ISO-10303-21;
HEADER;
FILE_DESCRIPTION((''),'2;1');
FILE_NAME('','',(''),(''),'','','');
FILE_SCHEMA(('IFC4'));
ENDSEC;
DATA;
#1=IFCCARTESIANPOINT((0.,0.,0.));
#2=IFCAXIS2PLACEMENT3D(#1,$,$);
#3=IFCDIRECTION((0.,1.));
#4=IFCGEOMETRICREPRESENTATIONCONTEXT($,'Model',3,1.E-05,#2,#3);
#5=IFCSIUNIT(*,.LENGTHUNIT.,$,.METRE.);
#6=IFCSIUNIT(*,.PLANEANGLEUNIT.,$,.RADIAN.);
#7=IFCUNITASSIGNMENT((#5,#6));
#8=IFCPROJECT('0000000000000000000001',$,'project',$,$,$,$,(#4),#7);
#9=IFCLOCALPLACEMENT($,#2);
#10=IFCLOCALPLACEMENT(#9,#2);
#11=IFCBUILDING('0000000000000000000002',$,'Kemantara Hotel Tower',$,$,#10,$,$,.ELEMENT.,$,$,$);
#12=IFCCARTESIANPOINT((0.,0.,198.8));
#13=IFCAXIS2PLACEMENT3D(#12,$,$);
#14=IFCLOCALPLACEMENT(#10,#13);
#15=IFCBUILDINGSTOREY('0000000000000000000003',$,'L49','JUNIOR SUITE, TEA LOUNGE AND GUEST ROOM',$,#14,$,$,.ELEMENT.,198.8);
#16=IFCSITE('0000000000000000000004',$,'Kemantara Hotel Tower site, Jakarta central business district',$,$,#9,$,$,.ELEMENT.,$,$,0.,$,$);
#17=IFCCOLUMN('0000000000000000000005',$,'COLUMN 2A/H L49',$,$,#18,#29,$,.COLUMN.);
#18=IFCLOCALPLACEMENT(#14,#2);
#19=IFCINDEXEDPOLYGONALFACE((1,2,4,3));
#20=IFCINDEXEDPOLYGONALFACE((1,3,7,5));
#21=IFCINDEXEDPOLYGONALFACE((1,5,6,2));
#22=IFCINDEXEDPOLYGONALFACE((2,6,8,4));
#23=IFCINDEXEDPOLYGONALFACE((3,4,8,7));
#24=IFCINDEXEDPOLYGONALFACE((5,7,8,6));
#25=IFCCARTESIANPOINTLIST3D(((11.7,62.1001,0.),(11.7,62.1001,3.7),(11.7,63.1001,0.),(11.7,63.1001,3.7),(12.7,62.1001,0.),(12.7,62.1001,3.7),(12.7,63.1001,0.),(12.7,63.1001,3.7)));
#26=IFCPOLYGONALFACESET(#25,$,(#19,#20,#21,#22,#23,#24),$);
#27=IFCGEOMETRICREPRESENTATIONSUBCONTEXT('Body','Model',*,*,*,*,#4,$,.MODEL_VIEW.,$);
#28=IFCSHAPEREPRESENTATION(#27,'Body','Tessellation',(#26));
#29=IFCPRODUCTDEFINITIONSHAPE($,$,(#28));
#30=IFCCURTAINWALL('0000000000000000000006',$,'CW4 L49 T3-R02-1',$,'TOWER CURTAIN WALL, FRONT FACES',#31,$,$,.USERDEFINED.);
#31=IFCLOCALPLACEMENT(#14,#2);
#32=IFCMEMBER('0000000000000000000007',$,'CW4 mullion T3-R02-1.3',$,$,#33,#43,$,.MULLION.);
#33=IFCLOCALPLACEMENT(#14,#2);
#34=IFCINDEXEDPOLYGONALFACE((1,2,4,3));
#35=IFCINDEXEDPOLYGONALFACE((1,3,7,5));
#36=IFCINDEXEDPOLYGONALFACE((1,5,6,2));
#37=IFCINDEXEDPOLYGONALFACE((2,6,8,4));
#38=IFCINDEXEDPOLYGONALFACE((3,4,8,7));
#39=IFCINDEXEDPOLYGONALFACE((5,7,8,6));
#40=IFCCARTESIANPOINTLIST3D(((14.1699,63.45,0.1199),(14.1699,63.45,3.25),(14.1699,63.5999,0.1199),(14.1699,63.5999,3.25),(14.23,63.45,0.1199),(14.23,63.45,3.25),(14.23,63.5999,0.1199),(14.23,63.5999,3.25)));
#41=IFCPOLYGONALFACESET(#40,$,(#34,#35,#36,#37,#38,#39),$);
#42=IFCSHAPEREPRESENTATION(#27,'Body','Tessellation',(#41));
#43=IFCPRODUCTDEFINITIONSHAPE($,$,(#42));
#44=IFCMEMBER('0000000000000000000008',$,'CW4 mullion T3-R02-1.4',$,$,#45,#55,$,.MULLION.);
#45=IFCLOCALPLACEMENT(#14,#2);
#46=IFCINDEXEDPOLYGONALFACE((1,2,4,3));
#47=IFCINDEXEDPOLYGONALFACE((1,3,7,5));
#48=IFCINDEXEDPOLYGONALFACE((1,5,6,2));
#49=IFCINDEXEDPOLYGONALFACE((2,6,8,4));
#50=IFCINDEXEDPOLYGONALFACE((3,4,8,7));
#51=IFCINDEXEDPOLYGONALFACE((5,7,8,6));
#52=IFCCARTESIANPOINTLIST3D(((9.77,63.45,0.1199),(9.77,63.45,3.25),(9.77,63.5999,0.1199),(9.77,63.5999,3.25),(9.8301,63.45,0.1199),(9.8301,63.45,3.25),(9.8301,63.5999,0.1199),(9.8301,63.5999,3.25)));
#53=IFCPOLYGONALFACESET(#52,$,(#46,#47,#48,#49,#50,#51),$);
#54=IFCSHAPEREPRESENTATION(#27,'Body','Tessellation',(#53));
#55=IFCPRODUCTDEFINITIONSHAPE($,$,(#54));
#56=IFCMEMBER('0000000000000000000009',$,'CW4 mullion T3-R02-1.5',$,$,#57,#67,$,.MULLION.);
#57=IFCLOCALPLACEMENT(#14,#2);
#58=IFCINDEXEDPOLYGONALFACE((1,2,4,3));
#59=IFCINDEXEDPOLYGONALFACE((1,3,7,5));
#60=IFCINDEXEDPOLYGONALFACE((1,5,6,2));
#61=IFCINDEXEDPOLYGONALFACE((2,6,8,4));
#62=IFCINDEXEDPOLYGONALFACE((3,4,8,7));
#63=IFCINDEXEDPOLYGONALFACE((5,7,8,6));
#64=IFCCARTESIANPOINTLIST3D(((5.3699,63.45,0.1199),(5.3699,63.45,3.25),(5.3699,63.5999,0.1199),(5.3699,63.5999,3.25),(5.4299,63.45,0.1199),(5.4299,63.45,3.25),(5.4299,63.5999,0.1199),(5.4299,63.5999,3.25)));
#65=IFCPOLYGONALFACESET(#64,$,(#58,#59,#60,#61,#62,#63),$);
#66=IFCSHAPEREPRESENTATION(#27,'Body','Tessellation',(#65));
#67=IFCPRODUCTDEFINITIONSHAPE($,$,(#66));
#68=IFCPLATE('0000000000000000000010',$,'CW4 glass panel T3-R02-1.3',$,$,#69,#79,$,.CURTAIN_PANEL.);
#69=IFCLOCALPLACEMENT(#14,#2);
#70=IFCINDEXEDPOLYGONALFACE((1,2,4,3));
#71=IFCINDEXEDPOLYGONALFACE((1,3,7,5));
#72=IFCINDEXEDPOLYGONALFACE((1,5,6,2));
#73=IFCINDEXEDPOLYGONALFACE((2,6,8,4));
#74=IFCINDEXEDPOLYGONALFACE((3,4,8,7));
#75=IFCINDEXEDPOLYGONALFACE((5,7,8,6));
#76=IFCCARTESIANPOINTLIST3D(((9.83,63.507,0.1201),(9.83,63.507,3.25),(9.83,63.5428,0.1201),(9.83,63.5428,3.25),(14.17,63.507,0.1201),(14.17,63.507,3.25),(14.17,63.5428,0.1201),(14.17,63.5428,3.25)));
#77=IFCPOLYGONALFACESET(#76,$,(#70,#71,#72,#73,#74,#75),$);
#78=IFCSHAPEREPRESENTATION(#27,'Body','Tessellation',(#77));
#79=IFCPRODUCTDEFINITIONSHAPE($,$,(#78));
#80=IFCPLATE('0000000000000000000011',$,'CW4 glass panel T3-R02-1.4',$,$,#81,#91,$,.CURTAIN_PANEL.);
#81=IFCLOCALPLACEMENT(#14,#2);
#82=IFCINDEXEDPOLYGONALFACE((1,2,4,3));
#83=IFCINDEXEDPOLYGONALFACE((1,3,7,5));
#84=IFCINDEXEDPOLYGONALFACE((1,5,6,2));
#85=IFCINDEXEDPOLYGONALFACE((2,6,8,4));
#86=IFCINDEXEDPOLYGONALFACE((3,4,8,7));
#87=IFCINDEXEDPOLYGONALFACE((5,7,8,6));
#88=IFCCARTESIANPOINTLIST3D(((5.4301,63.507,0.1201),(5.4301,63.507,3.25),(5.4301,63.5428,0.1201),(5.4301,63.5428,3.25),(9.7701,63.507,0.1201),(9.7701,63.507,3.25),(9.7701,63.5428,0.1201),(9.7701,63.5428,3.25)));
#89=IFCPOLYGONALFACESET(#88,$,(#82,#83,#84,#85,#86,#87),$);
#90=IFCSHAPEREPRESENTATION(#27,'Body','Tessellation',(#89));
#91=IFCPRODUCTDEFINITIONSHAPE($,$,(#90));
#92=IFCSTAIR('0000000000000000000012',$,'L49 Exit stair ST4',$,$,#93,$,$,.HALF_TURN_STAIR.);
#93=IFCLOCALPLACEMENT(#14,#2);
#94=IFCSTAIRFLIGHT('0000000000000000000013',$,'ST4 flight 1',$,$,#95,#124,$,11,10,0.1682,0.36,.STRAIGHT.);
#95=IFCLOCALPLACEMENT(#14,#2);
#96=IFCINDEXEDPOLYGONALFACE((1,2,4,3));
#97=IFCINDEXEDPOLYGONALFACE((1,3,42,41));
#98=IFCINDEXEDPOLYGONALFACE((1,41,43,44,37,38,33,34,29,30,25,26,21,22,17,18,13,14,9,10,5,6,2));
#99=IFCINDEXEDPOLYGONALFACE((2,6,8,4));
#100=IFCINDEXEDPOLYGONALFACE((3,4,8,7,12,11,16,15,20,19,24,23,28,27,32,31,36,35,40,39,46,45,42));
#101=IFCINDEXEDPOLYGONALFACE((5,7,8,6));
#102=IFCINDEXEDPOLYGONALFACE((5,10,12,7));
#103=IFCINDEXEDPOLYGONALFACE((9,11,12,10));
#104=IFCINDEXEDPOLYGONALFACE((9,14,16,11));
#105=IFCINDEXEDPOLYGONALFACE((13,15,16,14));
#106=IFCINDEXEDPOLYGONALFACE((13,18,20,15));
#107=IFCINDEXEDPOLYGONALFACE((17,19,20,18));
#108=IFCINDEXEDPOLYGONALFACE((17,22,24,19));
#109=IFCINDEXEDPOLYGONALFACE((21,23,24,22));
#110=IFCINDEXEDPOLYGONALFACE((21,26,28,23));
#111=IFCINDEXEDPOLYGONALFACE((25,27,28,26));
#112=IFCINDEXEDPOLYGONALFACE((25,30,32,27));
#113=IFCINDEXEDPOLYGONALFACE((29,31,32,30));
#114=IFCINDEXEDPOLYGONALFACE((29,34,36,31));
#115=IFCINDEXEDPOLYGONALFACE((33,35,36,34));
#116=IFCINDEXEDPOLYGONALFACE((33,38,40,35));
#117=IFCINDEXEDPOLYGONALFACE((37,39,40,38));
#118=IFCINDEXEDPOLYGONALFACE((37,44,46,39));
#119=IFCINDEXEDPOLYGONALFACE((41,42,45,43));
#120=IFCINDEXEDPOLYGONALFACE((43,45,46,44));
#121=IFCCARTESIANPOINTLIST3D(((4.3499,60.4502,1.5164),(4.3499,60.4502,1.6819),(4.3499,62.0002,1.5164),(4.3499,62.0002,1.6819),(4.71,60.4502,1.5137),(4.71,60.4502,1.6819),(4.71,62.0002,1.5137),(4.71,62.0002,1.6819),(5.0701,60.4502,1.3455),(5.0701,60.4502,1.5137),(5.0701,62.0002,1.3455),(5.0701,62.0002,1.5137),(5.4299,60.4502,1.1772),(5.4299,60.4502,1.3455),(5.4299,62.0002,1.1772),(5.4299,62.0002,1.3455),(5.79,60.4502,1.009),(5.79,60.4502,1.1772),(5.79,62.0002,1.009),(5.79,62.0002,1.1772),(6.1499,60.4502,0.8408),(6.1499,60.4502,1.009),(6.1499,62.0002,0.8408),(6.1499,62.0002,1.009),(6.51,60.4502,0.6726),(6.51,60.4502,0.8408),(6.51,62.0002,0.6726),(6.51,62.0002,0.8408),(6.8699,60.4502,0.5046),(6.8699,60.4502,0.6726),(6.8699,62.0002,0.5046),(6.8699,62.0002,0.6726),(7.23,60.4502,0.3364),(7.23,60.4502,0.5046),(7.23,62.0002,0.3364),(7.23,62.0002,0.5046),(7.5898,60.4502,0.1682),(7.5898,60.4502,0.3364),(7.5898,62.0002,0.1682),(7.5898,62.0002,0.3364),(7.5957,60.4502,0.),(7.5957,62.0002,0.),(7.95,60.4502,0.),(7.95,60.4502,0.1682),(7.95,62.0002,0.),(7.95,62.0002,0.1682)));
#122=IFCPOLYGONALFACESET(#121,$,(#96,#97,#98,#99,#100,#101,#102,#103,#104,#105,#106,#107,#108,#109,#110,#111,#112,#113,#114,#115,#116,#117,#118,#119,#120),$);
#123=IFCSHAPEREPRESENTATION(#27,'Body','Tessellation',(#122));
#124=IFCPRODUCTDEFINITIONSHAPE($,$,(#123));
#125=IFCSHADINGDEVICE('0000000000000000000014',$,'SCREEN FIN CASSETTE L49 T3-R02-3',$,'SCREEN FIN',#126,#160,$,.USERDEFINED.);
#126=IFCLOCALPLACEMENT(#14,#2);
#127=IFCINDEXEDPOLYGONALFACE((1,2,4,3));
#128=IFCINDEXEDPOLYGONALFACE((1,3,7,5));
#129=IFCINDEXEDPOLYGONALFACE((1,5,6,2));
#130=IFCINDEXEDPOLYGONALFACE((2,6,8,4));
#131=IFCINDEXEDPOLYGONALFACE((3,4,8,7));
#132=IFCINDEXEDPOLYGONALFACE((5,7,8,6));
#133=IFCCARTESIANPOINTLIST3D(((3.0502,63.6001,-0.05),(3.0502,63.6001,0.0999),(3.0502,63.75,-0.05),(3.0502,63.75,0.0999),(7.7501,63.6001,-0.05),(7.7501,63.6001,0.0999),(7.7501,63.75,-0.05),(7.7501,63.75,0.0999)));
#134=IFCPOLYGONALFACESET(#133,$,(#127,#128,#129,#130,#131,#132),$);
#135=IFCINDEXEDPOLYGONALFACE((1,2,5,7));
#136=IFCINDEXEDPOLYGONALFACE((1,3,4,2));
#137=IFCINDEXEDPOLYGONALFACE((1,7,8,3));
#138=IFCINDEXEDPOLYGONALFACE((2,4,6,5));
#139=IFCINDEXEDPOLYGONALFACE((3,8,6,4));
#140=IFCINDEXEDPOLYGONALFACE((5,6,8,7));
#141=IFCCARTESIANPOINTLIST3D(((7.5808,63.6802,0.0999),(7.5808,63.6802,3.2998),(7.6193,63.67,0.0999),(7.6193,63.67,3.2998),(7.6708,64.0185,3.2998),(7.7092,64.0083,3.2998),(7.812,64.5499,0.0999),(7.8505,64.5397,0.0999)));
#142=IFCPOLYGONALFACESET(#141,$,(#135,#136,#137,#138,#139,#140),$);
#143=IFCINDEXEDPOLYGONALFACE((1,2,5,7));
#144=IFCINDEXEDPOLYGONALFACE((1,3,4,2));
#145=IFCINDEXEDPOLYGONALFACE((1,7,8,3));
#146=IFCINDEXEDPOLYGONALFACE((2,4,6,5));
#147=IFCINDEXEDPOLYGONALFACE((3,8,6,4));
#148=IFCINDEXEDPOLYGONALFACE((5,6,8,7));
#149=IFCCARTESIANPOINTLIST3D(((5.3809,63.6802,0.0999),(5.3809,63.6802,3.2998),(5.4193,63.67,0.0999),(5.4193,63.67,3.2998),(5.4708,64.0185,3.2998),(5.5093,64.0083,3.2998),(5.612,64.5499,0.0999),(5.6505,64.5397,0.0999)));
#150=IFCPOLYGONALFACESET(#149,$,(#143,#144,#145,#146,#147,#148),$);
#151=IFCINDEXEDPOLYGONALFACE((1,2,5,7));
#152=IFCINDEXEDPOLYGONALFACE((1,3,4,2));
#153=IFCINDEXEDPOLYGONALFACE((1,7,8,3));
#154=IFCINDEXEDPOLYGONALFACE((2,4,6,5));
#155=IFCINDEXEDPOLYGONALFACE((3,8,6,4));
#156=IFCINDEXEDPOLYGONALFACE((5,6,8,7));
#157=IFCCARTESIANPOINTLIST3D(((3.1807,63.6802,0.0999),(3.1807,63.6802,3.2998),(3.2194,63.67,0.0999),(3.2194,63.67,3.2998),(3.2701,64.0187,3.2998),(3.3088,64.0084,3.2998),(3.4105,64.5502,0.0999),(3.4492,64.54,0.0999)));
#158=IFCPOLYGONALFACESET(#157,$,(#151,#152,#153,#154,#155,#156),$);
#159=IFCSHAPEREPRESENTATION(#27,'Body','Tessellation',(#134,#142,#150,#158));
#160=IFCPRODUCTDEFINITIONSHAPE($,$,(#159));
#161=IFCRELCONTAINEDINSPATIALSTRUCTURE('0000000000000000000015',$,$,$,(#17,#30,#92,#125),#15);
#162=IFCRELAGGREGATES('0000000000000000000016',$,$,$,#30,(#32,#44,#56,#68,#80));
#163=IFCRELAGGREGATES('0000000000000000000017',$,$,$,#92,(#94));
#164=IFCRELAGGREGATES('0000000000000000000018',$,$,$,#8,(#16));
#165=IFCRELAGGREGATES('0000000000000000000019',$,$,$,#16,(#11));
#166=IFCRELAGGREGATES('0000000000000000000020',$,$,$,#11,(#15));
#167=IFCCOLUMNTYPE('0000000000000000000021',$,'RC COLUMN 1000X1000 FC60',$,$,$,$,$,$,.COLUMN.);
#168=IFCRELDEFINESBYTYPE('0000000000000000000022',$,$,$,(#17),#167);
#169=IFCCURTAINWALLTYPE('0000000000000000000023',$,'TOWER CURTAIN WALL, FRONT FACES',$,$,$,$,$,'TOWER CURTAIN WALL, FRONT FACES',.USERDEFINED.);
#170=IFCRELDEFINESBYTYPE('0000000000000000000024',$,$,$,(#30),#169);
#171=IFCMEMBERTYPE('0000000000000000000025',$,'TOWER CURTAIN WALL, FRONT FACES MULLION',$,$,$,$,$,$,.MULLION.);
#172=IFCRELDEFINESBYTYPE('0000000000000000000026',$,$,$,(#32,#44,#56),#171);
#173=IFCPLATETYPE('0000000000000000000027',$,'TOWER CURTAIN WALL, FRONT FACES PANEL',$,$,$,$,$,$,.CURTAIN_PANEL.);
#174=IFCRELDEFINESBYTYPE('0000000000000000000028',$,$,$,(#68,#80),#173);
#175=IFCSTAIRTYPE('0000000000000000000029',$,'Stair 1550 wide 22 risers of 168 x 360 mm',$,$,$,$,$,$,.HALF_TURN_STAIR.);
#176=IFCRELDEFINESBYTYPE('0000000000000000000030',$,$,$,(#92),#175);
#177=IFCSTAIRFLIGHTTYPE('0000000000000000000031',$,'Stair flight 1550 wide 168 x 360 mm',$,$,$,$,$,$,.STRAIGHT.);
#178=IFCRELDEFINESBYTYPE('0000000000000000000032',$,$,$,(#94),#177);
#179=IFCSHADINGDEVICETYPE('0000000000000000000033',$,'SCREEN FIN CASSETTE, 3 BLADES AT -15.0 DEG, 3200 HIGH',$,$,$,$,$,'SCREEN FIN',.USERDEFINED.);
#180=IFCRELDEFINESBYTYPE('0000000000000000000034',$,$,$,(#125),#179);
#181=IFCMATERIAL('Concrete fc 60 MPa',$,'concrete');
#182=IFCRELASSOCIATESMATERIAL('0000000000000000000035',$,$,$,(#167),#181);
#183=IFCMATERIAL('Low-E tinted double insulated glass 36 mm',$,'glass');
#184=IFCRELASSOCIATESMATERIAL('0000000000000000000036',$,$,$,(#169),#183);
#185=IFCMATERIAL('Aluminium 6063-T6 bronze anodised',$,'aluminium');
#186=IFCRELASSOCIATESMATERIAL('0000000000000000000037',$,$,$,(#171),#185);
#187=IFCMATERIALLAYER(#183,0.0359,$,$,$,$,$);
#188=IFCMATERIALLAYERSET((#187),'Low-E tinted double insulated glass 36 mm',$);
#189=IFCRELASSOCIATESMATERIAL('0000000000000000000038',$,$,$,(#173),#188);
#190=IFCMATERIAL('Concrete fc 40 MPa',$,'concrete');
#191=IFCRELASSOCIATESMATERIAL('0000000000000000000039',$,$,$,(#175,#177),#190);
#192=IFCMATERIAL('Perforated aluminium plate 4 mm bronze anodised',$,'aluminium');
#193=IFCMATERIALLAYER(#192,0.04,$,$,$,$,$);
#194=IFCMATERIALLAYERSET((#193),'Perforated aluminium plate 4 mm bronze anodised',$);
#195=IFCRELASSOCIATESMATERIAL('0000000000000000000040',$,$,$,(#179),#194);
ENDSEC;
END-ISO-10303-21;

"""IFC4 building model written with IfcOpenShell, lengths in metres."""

from ifc_helpers import new_model, si_unit, direction, frame, origin, origin_2d, place, context, subcontext, project, spatial, polyline, rectangle, outline, extrude, source, transform, mapped, material, layer, layer_set, material_profile, profile_set, type_object, element, aggregate, save


model = new_model("IFC4")

# Units and contexts
model_context = context("Model", 3, precision=1e-05, world=origin(), true_north=direction((0.0, 1.0)))
body_context = subcontext(model_context, "Body", "Model", "MODEL_VIEW")
ifc_project = project(units=[si_unit("LENGTHUNIT", "METRE"), si_unit("PLANEANGLEUNIT", "RADIAN")], contexts=[model_context])

# Site, building, storey
site_placement = place(None, origin())
site = spatial("IfcSite", under=ifc_project, at=site_placement, Name="Kemantara Hotel Tower site, Jakarta central business district", CompositionType="ELEMENT", RefElevation=0.0)
building_placement = place(site_placement, origin())
building = spatial("IfcBuilding", under=site, at=building_placement, Name="Kemantara Hotel Tower", CompositionType="ELEMENT")
storey_placement = place(building_placement, frame((0.0, 0.0, 198.8)))
storey = spatial("IfcBuildingStorey", under=building, at=storey_placement, Name="L49", Description="JUNIOR SUITE, TEA LOUNGE AND GUEST ROOM", CompositionType="ELEMENT", Elevation=198.8)

# Column
ifc_material_1 = material(Name="Concrete fc 60 MPa", Category="concrete")
ifc_material_profile_1 = material_profile(ifc_material_1, rectangle(XDim=1.0, YDim=1.0, at=origin_2d()), Name="RC 1000X1000")
ifc_profile_set_1 = profile_set([ifc_material_profile_1], Name="Concrete fc 60 MPa")
column_type = type_object("IfcColumnType", Name="RC COLUMN 1000X1000 FC60", PredefinedType="COLUMN", material=ifc_profile_set_1)
column_placement = place(storey_placement, frame((12.2, 62.6001, 0.0), z_axis=(0.0, 0.0, 1.0), x_axis=(1.0, 0.0, 0.0)))
element("IfcColumn", 1, at=column_placement, inside=storey, type_object=column_type, Name="COLUMN 2A/H L49", PredefinedType="COLUMN", context=body_context, shape_type="SweptSolid", body=[
    extrude(rectangle(XDim=1.0, YDim=1.0, at=origin_2d()), origin(), (0.0, 0.0, 1.0), 3.7),
])

# Curtain wall, members, plates
ifc_material_2 = material(Name="Low-E tinted double insulated glass 36 mm", Category="glass")
curtain_wall_type = type_object("IfcCurtainWallType", Name="TOWER CURTAIN WALL, FRONT FACES", ElementType="TOWER CURTAIN WALL, FRONT FACES", PredefinedType="USERDEFINED", material=ifc_material_2)
curtain_wall_placement = place(storey_placement, origin())
curtain_wall = element("IfcCurtainWall", 2, at=curtain_wall_placement, inside=storey, type_object=curtain_wall_type, Name="CW4 L49 T3-R02-1", ObjectType="TOWER CURTAIN WALL, FRONT FACES", PredefinedType="USERDEFINED")
ifc_material_3 = material(Name="Aluminium 6063-T6 bronze anodised", Category="aluminium")
ifc_material_profile_2 = material_profile(ifc_material_3, rectangle(XDim=0.1499, YDim=0.0601, at=origin_2d()), Name="TOWER CURTAIN WALL, FRONT FACES MULLION")
ifc_profile_set_2 = profile_set([ifc_material_profile_2], Name="Aluminium 6063-T6 bronze anodised")
member_type = type_object("IfcMemberType", Name="TOWER CURTAIN WALL, FRONT FACES MULLION", PredefinedType="MULLION", material=ifc_profile_set_2)
shared_shape_1 = source(origin(), body_context, "Body", "SweptSolid", [
    extrude(rectangle(XDim=0.1499, YDim=0.0601, at=origin_2d()), origin(), (0.0, 0.0, 1.0), 3.1301),
])
member_1_placement = place(storey_placement, frame((14.2, 63.5249, 0.1199), z_axis=(0.0, 0.0, 1.0), x_axis=(0.0, -1.0, 0.0)))
member_1 = element("IfcMember", 3, at=member_1_placement, type_object=member_type, Name="CW4 mullion T3-R02-1.3", PredefinedType="MULLION", context=body_context, shape_type="MappedRepresentation", body=[
    mapped(shared_shape_1, transform((0.0, 0.0, 0.0))),
])
member_2_placement = place(storey_placement, frame((9.8, 63.5249, 0.1199), z_axis=(0.0, 0.0, 1.0), x_axis=(0.0, -1.0, 0.0)))
member_2 = element("IfcMember", 4, at=member_2_placement, type_object=member_type, Name="CW4 mullion T3-R02-1.4", PredefinedType="MULLION", context=body_context, shape_type="MappedRepresentation", body=[
    mapped(shared_shape_1, transform((0.0, 0.0, 0.0))),
])
member_3_placement = place(storey_placement, frame((5.3999, 63.5249, 0.1199), z_axis=(0.0, 0.0, 1.0), x_axis=(0.0, -1.0, 0.0)))
member_3 = element("IfcMember", 5, at=member_3_placement, type_object=member_type, Name="CW4 mullion T3-R02-1.5", PredefinedType="MULLION", context=body_context, shape_type="MappedRepresentation", body=[
    mapped(shared_shape_1, transform((0.0, 0.0, 0.0))),
])
ifc_layer_1 = layer(ifc_material_2, 0.0359)
ifc_layer_set_1 = layer_set([ifc_layer_1], Name="Low-E tinted double insulated glass 36 mm")
plate_type = type_object("IfcPlateType", Name="TOWER CURTAIN WALL, FRONT FACES PANEL", PredefinedType="CURTAIN_PANEL", material=ifc_layer_set_1)
shared_shape_2 = source(origin(), body_context, "Body", "SweptSolid", [
    extrude(rectangle(XDim=4.3401, YDim=0.0359, at=origin_2d()), origin(), (0.0, 0.0, 1.0), 3.1299),
])
plate_1_placement = place(storey_placement, frame((12.0, 63.5249, 0.1201), z_axis=(0.0, 0.0, 1.0), x_axis=(-1.0, 0.0, 0.0)))
plate_1 = element("IfcPlate", 6, at=plate_1_placement, type_object=plate_type, Name="CW4 glass panel T3-R02-1.3", PredefinedType="CURTAIN_PANEL", context=body_context, shape_type="MappedRepresentation", body=[
    mapped(shared_shape_2, transform((0.0, 0.0, 0.0))),
])
plate_2_placement = place(storey_placement, frame((7.6001, 63.5249, 0.1201), z_axis=(0.0, 0.0, 1.0), x_axis=(-1.0, 0.0, 0.0)))
plate_2 = element("IfcPlate", 7, at=plate_2_placement, type_object=plate_type, Name="CW4 glass panel T3-R02-1.4", PredefinedType="CURTAIN_PANEL", context=body_context, shape_type="MappedRepresentation", body=[
    mapped(shared_shape_2, transform((0.0, 0.0, 0.0))),
])
aggregate(curtain_wall, [member_1, member_2, member_3, plate_1, plate_2])

# Stair, stair flight
ifc_material_4 = material(Name="Concrete fc 40 MPa", Category="concrete")
stair_type = type_object("IfcStairType", Name="Stair 1550 wide 22 risers of 168 x 360 mm", PredefinedType="HALF_TURN_STAIR", material=ifc_material_4)
stair_placement = place(storey_placement, origin())
stair = element("IfcStair", 8, at=stair_placement, inside=storey, type_object=stair_type, Name="L49 Exit stair ST4", PredefinedType="HALF_TURN_STAIR")
stair_flight_type = type_object("IfcStairFlightType", Name="Stair flight 1550 wide 168 x 360 mm", PredefinedType="STRAIGHT", material=ifc_material_4)
stair_flight_placement = place(storey_placement, frame((7.95, 61.2251, 0.0), z_axis=(0.0, 0.0, 1.0), x_axis=(-1.0, 0.0, 0.0)))
stair_flight = element("IfcStairFlight", 9, at=stair_flight_placement, type_object=stair_flight_type, Name="ST4 flight 1", NumberOfRisers=11, NumberOfTreads=10, PredefinedType="STRAIGHT", RiserHeight=0.1682, TreadLength=0.36, context=body_context, shape_type="SweptSolid", body=[
    extrude(outline(polyline([(0.0, 0.0), (0.0, 0.1682), (0.3601, 0.1682), (0.3601, 0.3364), (0.72, 0.3364), (0.72, 0.5046), (1.0801, 0.5046), (1.0801, 0.6726), (1.4399, 0.6726), (1.4399, 0.8408), (1.8, 0.8408), (1.8, 1.009), (2.1599, 1.009), (2.1599, 1.1772), (2.52, 1.1772), (2.52, 1.3455), (2.8799, 1.3455), (2.8799, 1.5137), (3.24, 1.5137), (3.24, 1.6819), (3.6001, 1.6819), (3.6001, 1.8501), (3.6001, 1.5164), (0.3542, 0.0), (0.0, 0.0)])), frame((0.0, 0.7749, 0.0), z_axis=(0.0, -1.0, 0.0), x_axis=(1.0, 0.0, 0.0)), (0.0, 0.0, 1.0), 1.55),
])
aggregate(stair, [stair_flight])

# Shading device
ifc_material_5 = material(Name="Perforated aluminium plate 4 mm bronze anodised", Category="aluminium")
ifc_layer_2 = layer(ifc_material_5, 0.04)
ifc_layer_set_2 = layer_set([ifc_layer_2], Name="Perforated aluminium plate 4 mm bronze anodised")
shading_device_type = type_object("IfcShadingDeviceType", Name="SCREEN FIN CASSETTE, 3 BLADES AT -15.0 DEG, 3200 HIGH", ElementType="SCREEN FIN", PredefinedType="USERDEFINED", material=ifc_layer_set_2)
shared_shape_3 = source(origin(), body_context, "Body", "SweptSolid", [
    extrude(rectangle(XDim=4.7, YDim=0.1499, at=origin_2d()), frame((2.2, -0.075, -0.1499), z_axis=(0.0, 0.0, 1.0), x_axis=(1.0, 0.0, 0.0)), (0.0, 0.0, 1.0), 0.1499),
    extrude(outline(polyline([(0.0, 0.0), (0.8999, 0.0), (0.3501, 3.2), (0.0, 3.2), (0.0, 0.0)])), frame((0.0193, -0.0801, 0.0), z_axis=(-0.966438, 0.256901, 0.0), x_axis=(-0.256901, -0.966438, 0.0)), (0.0, 0.0, 1.0), 0.0398),
    extrude(outline(polyline([(0.0, 0.0), (0.8999, 0.0), (0.3501, 3.2), (0.0, 3.2), (0.0, 0.0)])), frame((2.2192, -0.0801, 0.0), z_axis=(-0.966438, 0.256901, 0.0), x_axis=(-0.256901, -0.966438, 0.0)), (0.0, 0.0, 1.0), 0.0398),
    extrude(outline(polyline([(0.0, 0.0), (0.8999, 0.0), (0.3501, 3.2), (0.0, 3.2), (0.0, 0.0)])), frame((4.4194, -0.0801, 0.0), z_axis=(-0.966838, 0.255391, 0.0), x_axis=(-0.255391, -0.966838, 0.0)), (0.0, 0.0, 1.0), 0.04),
])
shading_device_placement = place(storey_placement, frame((7.6001, 63.6001, 0.0999), z_axis=(0.0, 0.0, 1.0), x_axis=(-1.0, 0.0, 0.0)))
element("IfcShadingDevice", 10, at=shading_device_placement, inside=storey, type_object=shading_device_type, Name="SCREEN FIN CASSETTE L49 T3-R02-3", ObjectType="SCREEN FIN", PredefinedType="USERDEFINED", context=body_context, shape_type="MappedRepresentation", body=[
    mapped(shared_shape_3, transform((0.0, 0.0, 0.0))),
])

save(model, "model.ifc")
